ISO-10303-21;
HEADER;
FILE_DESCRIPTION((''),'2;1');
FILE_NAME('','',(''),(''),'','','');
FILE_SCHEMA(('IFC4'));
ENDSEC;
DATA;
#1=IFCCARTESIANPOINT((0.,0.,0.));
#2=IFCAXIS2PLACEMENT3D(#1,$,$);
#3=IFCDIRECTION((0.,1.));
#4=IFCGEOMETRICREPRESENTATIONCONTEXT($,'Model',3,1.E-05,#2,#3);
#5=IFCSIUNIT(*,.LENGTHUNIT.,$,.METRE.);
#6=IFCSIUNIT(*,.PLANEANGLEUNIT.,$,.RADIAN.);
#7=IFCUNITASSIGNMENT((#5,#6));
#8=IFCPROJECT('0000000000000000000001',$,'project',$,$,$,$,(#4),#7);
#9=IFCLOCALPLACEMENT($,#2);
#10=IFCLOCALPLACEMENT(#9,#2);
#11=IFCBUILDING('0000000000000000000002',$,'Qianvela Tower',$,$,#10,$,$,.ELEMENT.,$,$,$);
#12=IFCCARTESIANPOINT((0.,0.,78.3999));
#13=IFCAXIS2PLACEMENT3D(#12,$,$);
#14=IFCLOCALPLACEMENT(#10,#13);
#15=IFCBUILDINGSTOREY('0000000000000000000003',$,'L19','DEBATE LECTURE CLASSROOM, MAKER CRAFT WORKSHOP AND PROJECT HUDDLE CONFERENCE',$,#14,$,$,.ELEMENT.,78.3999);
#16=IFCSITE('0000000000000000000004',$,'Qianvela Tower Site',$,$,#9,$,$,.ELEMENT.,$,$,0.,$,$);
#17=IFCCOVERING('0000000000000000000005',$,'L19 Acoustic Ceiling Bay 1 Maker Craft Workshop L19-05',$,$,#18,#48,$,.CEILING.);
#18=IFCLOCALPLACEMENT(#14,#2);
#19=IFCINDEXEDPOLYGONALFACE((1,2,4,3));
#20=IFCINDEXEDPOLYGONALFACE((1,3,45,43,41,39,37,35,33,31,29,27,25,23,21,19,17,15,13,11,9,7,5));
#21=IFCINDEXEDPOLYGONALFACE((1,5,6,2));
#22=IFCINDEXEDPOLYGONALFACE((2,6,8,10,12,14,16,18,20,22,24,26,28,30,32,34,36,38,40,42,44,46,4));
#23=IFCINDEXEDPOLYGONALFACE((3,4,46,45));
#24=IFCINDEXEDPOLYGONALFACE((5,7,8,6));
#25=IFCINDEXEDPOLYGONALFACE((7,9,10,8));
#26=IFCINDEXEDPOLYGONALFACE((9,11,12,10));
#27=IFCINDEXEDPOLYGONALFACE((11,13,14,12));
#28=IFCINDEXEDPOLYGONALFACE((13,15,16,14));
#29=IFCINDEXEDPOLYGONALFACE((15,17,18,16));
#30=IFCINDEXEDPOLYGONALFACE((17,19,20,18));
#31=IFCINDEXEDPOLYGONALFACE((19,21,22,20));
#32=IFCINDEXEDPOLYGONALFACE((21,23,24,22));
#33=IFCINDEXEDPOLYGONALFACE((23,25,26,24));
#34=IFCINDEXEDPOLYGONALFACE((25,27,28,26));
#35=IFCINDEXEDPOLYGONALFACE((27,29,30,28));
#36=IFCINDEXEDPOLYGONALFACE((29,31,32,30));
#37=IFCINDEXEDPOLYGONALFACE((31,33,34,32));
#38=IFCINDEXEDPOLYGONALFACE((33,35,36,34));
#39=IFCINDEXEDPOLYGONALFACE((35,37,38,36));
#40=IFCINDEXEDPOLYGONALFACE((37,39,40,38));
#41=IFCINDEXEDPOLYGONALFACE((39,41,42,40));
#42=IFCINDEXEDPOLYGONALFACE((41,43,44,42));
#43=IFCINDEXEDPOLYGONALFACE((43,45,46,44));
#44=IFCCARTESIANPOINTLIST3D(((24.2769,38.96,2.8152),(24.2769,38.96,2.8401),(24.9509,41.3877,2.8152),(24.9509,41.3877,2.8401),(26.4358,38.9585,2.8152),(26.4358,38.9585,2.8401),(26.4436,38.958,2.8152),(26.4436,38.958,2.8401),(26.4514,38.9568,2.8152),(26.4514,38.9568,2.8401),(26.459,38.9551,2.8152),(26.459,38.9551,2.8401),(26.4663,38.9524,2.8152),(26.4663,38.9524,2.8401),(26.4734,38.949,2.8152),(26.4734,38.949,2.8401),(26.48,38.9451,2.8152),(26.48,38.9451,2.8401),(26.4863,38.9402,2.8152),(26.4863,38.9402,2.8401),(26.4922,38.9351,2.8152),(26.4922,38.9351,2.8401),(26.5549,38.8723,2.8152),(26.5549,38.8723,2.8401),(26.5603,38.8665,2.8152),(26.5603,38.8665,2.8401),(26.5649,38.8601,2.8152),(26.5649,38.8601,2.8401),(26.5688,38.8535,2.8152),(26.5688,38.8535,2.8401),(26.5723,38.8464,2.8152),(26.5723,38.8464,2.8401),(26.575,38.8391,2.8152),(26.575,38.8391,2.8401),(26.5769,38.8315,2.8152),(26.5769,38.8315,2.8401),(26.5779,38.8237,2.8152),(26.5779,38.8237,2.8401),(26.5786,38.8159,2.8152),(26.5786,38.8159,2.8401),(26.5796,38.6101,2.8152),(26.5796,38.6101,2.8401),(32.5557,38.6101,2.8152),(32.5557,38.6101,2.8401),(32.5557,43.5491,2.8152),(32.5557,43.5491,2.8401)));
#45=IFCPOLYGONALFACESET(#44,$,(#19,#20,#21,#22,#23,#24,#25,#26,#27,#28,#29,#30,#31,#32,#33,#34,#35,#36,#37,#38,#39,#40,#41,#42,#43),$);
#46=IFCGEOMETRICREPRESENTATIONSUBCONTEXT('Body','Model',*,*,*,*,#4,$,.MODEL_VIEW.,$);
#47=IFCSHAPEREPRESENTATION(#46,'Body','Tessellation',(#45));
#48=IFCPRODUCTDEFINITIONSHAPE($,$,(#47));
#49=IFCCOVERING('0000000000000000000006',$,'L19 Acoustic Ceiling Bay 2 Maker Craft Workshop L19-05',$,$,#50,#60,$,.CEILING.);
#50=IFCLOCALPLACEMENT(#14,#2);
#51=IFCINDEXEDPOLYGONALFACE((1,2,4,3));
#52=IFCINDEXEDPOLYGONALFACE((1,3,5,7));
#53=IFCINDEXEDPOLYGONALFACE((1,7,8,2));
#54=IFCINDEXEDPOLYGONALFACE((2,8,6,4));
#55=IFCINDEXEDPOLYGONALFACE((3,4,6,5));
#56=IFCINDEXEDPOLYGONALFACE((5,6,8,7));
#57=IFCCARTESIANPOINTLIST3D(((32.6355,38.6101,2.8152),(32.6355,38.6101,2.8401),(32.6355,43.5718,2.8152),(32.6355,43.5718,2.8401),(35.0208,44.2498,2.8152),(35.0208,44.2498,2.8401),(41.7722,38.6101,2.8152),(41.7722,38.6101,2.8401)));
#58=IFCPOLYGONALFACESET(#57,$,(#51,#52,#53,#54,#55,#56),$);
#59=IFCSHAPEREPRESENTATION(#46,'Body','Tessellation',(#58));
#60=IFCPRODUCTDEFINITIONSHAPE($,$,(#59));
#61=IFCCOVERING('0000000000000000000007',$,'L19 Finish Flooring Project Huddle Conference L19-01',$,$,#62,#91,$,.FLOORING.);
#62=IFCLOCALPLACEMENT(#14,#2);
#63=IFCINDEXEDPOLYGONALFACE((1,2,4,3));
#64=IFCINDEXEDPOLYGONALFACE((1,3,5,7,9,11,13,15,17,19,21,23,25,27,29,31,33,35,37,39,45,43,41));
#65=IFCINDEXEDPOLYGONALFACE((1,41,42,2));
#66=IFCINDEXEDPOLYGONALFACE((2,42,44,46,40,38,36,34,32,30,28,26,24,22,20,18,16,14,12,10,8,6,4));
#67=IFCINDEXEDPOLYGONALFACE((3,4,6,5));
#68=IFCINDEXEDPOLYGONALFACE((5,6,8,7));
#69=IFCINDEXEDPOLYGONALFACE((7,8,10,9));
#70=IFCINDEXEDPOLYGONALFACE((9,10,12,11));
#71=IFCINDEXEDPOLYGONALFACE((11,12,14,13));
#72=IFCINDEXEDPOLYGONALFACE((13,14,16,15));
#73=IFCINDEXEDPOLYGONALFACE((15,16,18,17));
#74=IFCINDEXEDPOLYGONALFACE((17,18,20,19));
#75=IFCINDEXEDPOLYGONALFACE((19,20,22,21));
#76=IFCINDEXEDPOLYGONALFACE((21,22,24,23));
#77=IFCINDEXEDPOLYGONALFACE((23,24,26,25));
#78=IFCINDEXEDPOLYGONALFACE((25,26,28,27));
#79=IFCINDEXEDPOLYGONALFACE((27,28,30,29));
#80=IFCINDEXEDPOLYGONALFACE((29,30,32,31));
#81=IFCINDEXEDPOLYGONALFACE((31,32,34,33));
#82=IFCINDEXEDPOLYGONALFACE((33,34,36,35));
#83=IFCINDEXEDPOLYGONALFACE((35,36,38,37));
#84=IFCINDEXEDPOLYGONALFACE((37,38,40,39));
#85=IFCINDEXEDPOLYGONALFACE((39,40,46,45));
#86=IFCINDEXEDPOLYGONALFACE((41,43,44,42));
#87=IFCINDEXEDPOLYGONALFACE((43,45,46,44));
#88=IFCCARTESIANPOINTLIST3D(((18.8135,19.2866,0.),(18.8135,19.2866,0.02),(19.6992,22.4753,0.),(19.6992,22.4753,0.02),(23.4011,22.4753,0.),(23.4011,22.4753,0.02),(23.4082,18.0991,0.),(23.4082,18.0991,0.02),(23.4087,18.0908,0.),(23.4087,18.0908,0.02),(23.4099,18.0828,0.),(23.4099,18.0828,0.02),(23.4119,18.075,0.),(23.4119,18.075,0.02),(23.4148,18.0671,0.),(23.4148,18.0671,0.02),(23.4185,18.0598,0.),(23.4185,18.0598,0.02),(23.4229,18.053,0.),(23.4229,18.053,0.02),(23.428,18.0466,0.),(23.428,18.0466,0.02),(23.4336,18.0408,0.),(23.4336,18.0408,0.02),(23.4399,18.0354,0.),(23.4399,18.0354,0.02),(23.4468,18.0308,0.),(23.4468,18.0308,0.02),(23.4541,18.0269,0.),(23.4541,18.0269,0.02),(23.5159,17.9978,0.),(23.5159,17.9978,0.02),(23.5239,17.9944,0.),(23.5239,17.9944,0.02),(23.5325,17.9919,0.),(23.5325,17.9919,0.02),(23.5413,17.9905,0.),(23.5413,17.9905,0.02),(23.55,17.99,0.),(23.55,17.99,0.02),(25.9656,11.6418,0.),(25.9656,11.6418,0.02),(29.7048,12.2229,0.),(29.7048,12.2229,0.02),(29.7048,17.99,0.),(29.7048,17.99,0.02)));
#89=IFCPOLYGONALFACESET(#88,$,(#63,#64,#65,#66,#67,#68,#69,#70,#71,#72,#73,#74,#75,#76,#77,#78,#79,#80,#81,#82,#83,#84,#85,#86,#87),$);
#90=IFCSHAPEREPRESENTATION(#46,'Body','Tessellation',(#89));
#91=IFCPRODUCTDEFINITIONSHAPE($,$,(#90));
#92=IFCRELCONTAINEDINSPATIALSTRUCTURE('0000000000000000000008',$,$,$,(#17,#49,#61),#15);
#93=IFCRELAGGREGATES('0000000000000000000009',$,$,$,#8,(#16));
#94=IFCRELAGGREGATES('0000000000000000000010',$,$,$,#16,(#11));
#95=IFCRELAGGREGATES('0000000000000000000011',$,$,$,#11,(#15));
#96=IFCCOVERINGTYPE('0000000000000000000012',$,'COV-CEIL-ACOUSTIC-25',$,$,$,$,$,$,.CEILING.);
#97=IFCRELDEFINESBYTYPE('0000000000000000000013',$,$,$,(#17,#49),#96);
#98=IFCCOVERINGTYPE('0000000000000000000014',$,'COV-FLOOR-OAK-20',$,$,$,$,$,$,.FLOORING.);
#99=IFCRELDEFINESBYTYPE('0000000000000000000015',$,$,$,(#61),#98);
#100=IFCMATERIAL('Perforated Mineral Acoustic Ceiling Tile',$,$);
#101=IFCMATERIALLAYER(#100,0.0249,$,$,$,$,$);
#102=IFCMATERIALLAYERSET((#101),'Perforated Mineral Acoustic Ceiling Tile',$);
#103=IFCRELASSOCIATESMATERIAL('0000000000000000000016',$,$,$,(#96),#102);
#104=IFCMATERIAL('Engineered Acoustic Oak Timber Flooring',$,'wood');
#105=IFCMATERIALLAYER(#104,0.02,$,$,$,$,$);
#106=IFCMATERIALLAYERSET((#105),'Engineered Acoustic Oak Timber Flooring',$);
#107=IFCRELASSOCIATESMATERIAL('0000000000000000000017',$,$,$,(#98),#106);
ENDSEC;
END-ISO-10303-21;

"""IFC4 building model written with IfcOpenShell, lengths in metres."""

from ifc_helpers import new_model, si_unit, direction, frame, origin, place, context, subcontext, project, spatial, polyline, outline, extrude, material, layer, layer_set, type_object, element, save


model = new_model("IFC4")

# Units and contexts
model_context = context("Model", 3, precision=1e-05, world=origin(), true_north=direction((0.0, 1.0)))
body_context = subcontext(model_context, "Body", "Model", "MODEL_VIEW")
ifc_project = project(units=[si_unit("LENGTHUNIT", "METRE"), si_unit("PLANEANGLEUNIT", "RADIAN")], contexts=[model_context])

# Site, building, storey
site_placement = place(None, origin())
site = spatial("IfcSite", under=ifc_project, at=site_placement, Name="Qianvela Tower Site", CompositionType="ELEMENT", RefElevation=0.0)
building_placement = place(site_placement, origin())
building = spatial("IfcBuilding", under=site, at=building_placement, Name="Qianvela Tower", CompositionType="ELEMENT")
storey_placement = place(building_placement, frame((0.0, 0.0, 78.3999)))
storey = spatial("IfcBuildingStorey", under=building, at=storey_placement, Name="L19", Description="DEBATE LECTURE CLASSROOM, MAKER CRAFT WORKSHOP AND PROJECT HUDDLE CONFERENCE", CompositionType="ELEMENT", Elevation=78.3999)

# Coverings
ifc_material_1 = material(Name="Perforated Mineral Acoustic Ceiling Tile")
ifc_layer_1 = layer(ifc_material_1, 0.0249)
ifc_layer_set_1 = layer_set([ifc_layer_1], Name="Perforated Mineral Acoustic Ceiling Tile")
covering_type_1 = type_object("IfcCoveringType", Name="COV-CEIL-ACOUSTIC-25", PredefinedType="CEILING", material=ifc_layer_set_1)
covering_1_placement = place(storey_placement, frame((0.0, 0.0, 2.8152)))
element("IfcCovering", 1, at=covering_1_placement, inside=storey, type_object=covering_type_1, Name="L19 Acoustic Ceiling Bay 1 Maker Craft Workshop L19-05", PredefinedType="CEILING", context=body_context, shape_type="SweptSolid", body=[
    extrude(outline(polyline([(26.5796, 38.6101), (26.5786, 38.8159), (26.5779, 38.8237), (26.5769, 38.8315), (26.575, 38.8391), (26.5723, 38.8464), (26.5688, 38.8535), (26.5649, 38.8601), (26.5603, 38.8665), (26.5549, 38.8723), (26.4922, 38.9351), (26.4863, 38.9402), (26.48, 38.9451), (26.4734, 38.949), (26.4663, 38.9524), (26.459, 38.9551), (26.4514, 38.9568), (26.4436, 38.958), (26.4358, 38.9585), (24.2769, 38.96), (24.9509, 41.3877), (32.5557, 43.5491), (32.5557, 38.6101), (26.5796, 38.6101)])), origin(), (0.0, 0.0, 1.0), 0.0249),
])
covering_2_placement = place(storey_placement, frame((0.0, 0.0, 2.8152)))
element("IfcCovering", 2, at=covering_2_placement, inside=storey, type_object=covering_type_1, Name="L19 Acoustic Ceiling Bay 2 Maker Craft Workshop L19-05", PredefinedType="CEILING", context=body_context, shape_type="SweptSolid", body=[
    extrude(outline(polyline([(41.7722, 38.6101), (32.6355, 38.6101), (32.6355, 43.5718), (35.0208, 44.2498), (41.7722, 38.6101)])), origin(), (0.0, 0.0, 1.0), 0.0249),
])
ifc_material_2 = material(Name="Engineered Acoustic Oak Timber Flooring", Category="wood")
ifc_layer_2 = layer(ifc_material_2, 0.02)
ifc_layer_set_2 = layer_set([ifc_layer_2], Name="Engineered Acoustic Oak Timber Flooring")
covering_type_2 = type_object("IfcCoveringType", Name="COV-FLOOR-OAK-20", PredefinedType="FLOORING", material=ifc_layer_set_2)
covering_3_placement = place(storey_placement, origin())
element("IfcCovering", 3, at=covering_3_placement, inside=storey, type_object=covering_type_2, Name="L19 Finish Flooring Project Huddle Conference L19-01", PredefinedType="FLOORING", context=body_context, shape_type="SweptSolid", body=[
    extrude(outline(polyline([(23.5159, 17.9978), (23.5239, 17.9944), (23.5325, 17.9919), (23.5413, 17.9905), (23.55, 17.99), (29.7048, 17.99), (29.7048, 12.2229), (25.9656, 11.6418), (18.8135, 19.2866), (19.6992, 22.4753), (23.4011, 22.4753), (23.4082, 18.0991), (23.4087, 18.0908), (23.4099, 18.0828), (23.4119, 18.075), (23.4148, 18.0671), (23.4185, 18.0598), (23.4229, 18.053), (23.428, 18.0466), (23.4336, 18.0408), (23.4399, 18.0354), (23.4468, 18.0308), (23.4541, 18.0269), (23.5159, 17.9978)])), origin(), (0.0, 0.0, 1.0), 0.02),
])

save(model, "model.ifc")
